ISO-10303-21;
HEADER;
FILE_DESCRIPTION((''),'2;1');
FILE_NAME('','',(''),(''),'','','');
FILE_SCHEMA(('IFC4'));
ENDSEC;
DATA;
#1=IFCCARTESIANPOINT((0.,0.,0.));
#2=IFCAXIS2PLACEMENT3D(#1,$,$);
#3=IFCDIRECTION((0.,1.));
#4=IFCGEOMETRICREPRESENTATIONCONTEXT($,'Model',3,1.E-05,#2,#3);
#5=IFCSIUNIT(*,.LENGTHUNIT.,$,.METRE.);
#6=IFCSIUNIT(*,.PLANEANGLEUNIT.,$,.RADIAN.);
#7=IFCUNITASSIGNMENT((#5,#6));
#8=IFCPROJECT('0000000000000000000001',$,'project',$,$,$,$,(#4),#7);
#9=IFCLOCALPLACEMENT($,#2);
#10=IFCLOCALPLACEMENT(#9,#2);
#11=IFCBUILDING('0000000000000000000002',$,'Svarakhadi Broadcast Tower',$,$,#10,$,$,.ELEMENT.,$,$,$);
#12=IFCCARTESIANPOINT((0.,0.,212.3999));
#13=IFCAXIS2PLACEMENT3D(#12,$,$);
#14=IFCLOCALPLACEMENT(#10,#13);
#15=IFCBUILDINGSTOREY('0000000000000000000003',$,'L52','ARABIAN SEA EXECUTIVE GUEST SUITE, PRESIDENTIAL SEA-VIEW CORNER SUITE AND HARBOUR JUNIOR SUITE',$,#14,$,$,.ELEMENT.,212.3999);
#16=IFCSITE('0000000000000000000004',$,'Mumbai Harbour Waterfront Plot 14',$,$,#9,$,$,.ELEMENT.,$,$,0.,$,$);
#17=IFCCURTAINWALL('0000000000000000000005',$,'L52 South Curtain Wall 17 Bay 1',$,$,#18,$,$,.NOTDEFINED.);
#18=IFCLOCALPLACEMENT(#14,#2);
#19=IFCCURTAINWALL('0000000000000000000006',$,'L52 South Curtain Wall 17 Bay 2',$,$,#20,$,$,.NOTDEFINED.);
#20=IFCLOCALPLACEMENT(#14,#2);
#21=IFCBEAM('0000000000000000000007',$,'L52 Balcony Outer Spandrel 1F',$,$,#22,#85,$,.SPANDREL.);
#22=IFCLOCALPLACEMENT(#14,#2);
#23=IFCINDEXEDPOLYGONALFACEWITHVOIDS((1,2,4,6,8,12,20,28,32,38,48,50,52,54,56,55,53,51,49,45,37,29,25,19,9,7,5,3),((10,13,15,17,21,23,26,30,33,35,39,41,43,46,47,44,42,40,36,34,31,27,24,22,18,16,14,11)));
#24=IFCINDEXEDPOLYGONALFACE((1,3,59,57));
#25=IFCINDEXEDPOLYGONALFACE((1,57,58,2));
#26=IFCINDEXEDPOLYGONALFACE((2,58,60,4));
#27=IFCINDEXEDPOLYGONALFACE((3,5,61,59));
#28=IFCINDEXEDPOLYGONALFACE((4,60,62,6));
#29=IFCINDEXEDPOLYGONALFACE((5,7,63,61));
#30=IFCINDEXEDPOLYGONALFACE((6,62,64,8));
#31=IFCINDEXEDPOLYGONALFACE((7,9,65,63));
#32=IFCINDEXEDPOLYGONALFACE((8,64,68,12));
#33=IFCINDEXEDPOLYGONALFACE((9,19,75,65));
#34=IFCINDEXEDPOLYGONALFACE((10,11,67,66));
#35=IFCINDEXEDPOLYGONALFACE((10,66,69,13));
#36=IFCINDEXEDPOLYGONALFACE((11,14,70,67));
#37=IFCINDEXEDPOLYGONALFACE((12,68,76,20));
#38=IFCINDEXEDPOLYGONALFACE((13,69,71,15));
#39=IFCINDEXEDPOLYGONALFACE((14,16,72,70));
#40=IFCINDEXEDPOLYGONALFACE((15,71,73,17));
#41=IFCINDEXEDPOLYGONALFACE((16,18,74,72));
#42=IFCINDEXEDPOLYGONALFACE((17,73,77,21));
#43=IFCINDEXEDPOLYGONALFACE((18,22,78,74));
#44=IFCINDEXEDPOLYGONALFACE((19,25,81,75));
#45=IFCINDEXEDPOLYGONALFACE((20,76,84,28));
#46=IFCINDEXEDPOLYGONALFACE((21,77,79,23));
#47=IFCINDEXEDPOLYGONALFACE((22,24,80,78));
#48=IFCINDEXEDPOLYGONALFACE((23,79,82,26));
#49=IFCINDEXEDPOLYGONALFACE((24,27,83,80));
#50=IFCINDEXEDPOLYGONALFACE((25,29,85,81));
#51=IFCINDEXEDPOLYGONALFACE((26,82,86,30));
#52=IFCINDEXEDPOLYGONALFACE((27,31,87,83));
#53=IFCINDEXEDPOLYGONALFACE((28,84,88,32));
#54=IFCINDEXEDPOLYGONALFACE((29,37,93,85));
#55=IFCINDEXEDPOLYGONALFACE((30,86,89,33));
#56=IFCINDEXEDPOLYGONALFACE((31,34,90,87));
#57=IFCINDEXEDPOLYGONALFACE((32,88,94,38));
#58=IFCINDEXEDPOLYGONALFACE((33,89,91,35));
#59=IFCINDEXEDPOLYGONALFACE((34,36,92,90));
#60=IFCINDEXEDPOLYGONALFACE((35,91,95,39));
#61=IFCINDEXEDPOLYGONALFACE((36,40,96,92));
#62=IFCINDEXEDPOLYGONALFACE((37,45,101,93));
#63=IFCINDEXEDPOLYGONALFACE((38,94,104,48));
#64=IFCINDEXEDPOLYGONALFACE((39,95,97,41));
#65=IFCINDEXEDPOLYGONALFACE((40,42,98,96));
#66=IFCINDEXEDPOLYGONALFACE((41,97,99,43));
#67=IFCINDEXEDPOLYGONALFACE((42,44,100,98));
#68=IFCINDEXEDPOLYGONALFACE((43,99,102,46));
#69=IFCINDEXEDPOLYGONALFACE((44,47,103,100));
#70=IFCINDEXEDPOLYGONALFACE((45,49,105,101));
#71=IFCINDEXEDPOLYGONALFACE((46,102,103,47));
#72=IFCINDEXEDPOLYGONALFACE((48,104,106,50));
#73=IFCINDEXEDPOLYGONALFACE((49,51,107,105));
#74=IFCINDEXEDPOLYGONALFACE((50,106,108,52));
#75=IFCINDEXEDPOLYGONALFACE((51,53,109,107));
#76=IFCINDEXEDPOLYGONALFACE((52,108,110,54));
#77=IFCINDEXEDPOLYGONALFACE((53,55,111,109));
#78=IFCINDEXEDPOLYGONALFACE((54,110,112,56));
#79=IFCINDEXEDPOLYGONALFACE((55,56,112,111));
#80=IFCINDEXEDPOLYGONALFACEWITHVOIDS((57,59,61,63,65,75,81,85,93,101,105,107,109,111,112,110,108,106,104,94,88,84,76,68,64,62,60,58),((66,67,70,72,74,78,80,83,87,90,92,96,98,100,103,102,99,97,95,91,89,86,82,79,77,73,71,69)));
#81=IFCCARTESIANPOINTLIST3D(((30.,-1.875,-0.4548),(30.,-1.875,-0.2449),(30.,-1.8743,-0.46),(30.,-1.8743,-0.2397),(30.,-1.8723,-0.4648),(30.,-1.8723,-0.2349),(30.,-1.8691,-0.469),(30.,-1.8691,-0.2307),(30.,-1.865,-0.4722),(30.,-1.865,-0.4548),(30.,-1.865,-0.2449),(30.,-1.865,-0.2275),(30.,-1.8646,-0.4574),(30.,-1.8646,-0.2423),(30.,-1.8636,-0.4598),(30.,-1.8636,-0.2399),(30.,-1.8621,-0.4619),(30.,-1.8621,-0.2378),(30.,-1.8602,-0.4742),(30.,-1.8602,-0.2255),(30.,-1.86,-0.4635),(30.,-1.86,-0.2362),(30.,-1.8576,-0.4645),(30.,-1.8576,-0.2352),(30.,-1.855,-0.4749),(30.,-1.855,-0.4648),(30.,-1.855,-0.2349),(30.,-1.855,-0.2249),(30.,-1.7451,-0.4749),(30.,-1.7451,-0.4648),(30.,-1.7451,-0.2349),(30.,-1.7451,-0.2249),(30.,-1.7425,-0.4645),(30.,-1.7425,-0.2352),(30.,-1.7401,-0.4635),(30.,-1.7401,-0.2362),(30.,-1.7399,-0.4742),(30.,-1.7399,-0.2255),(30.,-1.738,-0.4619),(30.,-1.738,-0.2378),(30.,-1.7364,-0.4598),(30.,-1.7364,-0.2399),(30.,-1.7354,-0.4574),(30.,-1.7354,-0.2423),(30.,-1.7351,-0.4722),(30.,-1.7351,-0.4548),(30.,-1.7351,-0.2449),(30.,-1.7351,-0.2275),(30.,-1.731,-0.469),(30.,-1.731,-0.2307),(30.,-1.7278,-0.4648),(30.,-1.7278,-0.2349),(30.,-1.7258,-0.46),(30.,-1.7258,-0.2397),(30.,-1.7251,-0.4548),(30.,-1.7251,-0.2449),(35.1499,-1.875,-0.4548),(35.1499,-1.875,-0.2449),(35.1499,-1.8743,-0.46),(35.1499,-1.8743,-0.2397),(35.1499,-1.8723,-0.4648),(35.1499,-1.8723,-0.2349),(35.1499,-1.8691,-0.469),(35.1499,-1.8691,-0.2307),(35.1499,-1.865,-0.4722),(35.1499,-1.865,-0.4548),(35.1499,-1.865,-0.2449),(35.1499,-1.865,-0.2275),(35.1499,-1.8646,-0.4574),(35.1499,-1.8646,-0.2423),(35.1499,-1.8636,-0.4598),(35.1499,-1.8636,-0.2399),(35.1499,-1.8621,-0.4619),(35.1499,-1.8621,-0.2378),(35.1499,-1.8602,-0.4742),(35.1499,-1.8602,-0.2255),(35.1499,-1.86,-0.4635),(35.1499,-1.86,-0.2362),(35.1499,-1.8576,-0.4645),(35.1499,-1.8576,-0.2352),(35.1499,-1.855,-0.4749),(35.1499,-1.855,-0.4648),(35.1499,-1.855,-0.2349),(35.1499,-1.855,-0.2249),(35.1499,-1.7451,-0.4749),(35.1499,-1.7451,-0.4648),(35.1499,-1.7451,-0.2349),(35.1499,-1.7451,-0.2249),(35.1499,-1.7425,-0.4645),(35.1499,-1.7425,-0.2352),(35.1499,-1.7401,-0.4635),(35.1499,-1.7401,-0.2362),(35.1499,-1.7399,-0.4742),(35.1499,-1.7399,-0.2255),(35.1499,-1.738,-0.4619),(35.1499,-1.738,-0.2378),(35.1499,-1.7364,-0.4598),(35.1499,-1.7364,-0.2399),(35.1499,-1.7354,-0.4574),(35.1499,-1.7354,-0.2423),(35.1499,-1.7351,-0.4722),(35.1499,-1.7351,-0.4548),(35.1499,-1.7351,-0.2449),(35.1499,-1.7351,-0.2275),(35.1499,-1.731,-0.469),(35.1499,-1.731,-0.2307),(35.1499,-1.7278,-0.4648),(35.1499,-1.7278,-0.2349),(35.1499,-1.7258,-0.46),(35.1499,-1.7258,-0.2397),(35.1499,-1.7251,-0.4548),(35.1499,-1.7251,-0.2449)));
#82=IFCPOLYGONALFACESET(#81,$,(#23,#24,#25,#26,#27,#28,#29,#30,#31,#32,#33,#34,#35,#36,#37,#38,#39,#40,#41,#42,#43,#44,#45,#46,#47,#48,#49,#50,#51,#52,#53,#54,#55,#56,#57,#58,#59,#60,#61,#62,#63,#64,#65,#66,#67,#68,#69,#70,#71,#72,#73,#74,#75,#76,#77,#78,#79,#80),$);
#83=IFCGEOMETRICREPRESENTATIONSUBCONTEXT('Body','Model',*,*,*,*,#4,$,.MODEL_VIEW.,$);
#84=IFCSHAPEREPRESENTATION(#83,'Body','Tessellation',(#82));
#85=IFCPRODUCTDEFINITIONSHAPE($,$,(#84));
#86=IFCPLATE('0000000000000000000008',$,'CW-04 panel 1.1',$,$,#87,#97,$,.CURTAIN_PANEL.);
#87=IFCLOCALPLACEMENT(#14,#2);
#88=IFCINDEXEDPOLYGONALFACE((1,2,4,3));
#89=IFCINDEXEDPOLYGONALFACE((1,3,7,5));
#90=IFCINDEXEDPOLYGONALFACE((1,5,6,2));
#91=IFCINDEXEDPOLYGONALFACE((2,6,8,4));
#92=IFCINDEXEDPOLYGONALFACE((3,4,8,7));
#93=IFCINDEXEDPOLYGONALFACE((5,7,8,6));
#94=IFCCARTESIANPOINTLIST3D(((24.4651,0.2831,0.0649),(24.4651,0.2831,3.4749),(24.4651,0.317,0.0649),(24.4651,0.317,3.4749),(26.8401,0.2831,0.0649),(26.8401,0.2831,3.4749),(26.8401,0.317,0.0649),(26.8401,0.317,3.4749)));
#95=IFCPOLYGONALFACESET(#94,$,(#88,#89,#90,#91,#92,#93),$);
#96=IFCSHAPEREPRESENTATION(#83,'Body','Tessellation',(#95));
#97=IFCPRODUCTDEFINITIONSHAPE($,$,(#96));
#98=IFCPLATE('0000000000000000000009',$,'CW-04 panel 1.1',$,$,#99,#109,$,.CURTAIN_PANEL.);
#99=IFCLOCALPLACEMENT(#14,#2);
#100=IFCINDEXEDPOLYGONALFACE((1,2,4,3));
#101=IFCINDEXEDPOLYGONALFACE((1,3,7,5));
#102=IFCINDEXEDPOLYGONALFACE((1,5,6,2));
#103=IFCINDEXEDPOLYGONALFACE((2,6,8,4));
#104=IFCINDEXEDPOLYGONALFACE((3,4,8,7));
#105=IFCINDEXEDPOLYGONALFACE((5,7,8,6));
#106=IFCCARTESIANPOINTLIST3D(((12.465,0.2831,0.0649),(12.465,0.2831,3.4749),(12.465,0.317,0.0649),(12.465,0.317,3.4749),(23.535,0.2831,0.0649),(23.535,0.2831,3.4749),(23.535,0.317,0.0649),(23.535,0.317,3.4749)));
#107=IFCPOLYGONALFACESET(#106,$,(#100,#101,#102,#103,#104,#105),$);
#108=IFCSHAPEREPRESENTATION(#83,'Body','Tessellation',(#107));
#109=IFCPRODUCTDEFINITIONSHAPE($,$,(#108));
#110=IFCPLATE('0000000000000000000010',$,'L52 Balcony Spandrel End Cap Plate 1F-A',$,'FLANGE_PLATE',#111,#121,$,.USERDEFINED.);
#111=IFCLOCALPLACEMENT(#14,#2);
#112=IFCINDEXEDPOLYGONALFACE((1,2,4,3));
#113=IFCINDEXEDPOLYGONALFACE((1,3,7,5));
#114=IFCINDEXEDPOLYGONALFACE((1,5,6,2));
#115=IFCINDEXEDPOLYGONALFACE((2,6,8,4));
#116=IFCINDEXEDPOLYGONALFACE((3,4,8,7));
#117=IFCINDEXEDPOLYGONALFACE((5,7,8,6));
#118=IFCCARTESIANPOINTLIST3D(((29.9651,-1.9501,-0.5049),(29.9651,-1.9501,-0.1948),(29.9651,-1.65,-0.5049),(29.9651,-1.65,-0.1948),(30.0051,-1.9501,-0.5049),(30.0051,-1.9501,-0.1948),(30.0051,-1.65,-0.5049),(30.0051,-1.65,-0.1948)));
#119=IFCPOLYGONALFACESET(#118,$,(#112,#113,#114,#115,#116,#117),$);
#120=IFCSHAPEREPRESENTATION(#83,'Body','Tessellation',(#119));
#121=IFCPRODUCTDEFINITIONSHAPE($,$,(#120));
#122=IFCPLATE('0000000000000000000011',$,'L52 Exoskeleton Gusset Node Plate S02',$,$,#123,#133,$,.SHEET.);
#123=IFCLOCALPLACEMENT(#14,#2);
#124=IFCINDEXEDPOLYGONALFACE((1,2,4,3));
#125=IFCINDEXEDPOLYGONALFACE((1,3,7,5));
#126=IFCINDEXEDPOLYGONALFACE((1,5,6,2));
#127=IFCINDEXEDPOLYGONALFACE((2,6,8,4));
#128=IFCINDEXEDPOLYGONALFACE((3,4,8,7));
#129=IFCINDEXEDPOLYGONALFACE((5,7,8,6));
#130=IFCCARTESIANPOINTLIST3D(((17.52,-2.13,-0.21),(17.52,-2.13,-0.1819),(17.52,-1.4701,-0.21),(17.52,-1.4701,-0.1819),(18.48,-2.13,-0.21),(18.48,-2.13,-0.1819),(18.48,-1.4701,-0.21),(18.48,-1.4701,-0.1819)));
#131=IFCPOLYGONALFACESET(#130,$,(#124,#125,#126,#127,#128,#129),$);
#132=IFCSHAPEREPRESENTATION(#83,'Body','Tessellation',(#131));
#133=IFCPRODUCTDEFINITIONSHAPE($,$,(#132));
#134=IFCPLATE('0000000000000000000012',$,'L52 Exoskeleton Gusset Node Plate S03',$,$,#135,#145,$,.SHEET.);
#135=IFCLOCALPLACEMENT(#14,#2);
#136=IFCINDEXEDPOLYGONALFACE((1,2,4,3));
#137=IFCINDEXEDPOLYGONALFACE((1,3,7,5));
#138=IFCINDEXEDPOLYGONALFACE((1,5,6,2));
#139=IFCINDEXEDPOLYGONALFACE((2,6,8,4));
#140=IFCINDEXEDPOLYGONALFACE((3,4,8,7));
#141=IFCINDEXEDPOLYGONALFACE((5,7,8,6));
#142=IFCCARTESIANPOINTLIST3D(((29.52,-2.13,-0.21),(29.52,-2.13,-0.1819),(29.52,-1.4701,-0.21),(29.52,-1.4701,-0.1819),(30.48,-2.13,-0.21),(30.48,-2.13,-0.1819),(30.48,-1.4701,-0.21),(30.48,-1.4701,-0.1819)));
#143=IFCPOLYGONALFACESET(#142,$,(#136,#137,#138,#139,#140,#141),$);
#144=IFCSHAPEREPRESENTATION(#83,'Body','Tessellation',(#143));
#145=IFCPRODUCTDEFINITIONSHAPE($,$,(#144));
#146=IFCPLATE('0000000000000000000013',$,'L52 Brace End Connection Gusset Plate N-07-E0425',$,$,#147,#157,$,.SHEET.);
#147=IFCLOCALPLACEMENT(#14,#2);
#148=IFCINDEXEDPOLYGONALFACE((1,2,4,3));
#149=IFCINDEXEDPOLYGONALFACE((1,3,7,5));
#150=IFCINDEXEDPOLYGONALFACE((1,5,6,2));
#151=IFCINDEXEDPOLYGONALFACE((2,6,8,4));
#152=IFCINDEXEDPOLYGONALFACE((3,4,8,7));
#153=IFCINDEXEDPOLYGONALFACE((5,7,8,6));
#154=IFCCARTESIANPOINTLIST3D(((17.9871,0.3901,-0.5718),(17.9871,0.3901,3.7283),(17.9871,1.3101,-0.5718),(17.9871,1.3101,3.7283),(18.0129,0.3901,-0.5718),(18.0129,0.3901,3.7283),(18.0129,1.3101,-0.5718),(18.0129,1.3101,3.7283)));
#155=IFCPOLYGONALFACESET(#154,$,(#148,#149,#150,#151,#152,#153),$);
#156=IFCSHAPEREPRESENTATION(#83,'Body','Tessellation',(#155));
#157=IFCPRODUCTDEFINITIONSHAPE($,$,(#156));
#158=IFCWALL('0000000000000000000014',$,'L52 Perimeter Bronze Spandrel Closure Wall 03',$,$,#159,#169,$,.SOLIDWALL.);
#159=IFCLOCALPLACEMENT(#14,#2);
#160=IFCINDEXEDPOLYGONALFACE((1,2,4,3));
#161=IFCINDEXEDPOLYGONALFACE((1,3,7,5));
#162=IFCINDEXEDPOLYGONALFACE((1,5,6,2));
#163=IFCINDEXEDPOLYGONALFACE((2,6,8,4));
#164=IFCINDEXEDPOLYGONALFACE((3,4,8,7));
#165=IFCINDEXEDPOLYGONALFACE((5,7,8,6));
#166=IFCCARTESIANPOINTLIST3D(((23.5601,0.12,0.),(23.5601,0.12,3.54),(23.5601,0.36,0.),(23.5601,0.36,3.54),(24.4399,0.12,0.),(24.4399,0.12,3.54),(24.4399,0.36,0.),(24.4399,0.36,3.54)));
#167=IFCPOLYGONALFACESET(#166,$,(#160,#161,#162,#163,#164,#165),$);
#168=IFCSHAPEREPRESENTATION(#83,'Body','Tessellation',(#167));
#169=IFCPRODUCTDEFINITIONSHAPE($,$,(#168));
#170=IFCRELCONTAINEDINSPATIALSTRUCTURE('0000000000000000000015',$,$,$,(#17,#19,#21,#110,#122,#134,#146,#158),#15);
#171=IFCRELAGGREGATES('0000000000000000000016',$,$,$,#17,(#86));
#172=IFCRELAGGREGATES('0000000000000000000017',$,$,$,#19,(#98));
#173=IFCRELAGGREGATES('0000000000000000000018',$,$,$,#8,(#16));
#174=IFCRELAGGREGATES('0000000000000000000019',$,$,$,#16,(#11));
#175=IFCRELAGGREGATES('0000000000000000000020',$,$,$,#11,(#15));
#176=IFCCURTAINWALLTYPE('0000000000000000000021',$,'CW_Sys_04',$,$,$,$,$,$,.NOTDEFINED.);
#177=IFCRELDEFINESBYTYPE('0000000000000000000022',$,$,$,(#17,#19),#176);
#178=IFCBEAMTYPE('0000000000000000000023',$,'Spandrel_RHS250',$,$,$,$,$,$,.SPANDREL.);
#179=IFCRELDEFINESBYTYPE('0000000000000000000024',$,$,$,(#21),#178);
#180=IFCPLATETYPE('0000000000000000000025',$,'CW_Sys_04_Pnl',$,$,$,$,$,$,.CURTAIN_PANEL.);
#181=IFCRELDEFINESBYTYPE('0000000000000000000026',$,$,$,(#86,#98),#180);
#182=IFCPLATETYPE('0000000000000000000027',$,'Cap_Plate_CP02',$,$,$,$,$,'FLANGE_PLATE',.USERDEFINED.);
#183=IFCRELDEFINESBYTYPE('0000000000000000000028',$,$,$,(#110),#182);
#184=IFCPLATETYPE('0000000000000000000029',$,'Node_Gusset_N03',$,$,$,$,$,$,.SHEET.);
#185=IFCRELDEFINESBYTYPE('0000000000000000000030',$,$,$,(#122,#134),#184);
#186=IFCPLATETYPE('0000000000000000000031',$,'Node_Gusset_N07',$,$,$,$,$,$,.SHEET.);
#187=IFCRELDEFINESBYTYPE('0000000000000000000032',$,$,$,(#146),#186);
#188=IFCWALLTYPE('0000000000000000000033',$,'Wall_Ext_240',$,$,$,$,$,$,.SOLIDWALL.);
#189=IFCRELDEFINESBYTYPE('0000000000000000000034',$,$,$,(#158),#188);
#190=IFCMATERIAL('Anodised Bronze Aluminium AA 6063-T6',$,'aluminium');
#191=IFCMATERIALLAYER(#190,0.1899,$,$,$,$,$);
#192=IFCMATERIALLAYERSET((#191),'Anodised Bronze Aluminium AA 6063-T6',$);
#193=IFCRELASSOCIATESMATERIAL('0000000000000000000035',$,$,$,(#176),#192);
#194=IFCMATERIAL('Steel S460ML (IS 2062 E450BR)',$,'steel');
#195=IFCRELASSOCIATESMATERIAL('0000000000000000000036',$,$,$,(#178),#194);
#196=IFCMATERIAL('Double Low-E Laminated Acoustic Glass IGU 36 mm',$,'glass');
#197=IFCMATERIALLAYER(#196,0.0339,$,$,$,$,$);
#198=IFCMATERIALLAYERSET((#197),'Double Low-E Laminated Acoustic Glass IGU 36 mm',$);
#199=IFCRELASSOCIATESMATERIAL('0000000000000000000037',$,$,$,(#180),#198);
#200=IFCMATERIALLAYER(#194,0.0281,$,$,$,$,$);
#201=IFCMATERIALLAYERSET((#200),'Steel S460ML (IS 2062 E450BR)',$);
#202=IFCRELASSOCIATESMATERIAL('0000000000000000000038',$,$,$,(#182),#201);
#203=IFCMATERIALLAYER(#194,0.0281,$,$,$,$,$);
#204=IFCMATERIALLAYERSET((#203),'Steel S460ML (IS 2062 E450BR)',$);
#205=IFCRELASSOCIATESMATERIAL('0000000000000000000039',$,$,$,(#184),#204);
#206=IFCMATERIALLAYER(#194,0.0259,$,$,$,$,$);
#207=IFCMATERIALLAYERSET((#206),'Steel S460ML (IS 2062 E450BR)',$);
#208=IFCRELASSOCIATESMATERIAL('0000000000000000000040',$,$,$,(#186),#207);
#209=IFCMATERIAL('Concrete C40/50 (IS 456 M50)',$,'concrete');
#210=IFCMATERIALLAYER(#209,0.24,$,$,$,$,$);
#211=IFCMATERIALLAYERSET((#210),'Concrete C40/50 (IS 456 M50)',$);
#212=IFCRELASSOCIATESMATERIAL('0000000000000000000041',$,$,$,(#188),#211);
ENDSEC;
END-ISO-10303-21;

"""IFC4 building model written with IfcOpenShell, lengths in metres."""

from ifc_helpers import new_model, si_unit, direction, frame, frame_2d, origin, origin_2d, place, context, subcontext, project, spatial, rectangle, hollow_rectangle, extrude, material, layer, layer_set, material_profile, profile_set, type_object, element, aggregate, save


model = new_model("IFC4")

# Units and contexts
model_context = context("Model", 3, precision=1e-05, world=origin(), true_north=direction((0.0, 1.0)))
body_context = subcontext(model_context, "Body", "Model", "MODEL_VIEW")
ifc_project = project(units=[si_unit("LENGTHUNIT", "METRE"), si_unit("PLANEANGLEUNIT", "RADIAN")], contexts=[model_context])

# Site, building, storey
site_placement = place(None, origin())
site = spatial("IfcSite", under=ifc_project, at=site_placement, Name="Mumbai Harbour Waterfront Plot 14", CompositionType="ELEMENT", RefElevation=0.0)
building_placement = place(site_placement, origin())
building = spatial("IfcBuilding", under=site, at=building_placement, Name="Svarakhadi Broadcast Tower", CompositionType="ELEMENT")
storey_placement = place(building_placement, frame((0.0, 0.0, 212.3999)))
storey = spatial("IfcBuildingStorey", under=building, at=storey_placement, Name="L52", Description="ARABIAN SEA EXECUTIVE GUEST SUITE, PRESIDENTIAL SEA-VIEW CORNER SUITE AND HARBOUR JUNIOR SUITE", CompositionType="ELEMENT", Elevation=212.3999)

# Shared definitions
ifc_material_1 = material(Name="Steel S460ML (IS 2062 E450BR)", Category="steel")

# Curtain wall
ifc_material_2 = material(Name="Anodised Bronze Aluminium AA 6063-T6", Category="aluminium")
ifc_layer_1 = layer(ifc_material_2, 0.1899)
ifc_layer_set_1 = layer_set([ifc_layer_1], Name="Anodised Bronze Aluminium AA 6063-T6")
curtain_wall_type = type_object("IfcCurtainWallType", Name="CW_Sys_04", PredefinedType="NOTDEFINED", material=ifc_layer_set_1)
curtain_wall_1_placement = place(storey_placement, origin())
curtain_wall_1 = element("IfcCurtainWall", 1, at=curtain_wall_1_placement, inside=storey, type_object=curtain_wall_type, Name="L52 South Curtain Wall 17 Bay 1", PredefinedType="NOTDEFINED")

# Curtain wall
curtain_wall_2_placement = place(storey_placement, origin())
curtain_wall_2 = element("IfcCurtainWall", 2, at=curtain_wall_2_placement, inside=storey, type_object=curtain_wall_type, Name="L52 South Curtain Wall 17 Bay 2", PredefinedType="NOTDEFINED")

# Beam
ifc_material_profile_1 = material_profile(ifc_material_1, hollow_rectangle(XDim=0.1499, YDim=0.25, WallThickness=0.01, InnerFilletRadius=0.01, OuterFilletRadius=0.02, at=origin_2d()), Name="RHS 250x150x10")
ifc_profile_set_1 = profile_set([ifc_material_profile_1], Name="Steel S460ML (IS 2062 E450BR)")
beam_type_1 = type_object("IfcBeamType", Name="Spandrel_RHS250", PredefinedType="SPANDREL", material=ifc_profile_set_1)
beam_1_placement = place(storey_placement, frame((30.0, -1.8, -0.3499), z_axis=(1.0, 0.0, 0.0), x_axis=(0.0, 1.0, 0.0)))
element("IfcBeam", 3, at=beam_1_placement, inside=storey, type_object=beam_type_1, Name="L52 Balcony Outer Spandrel 1F", PredefinedType="SPANDREL", context=body_context, shape_type="SweptSolid", body=[
    extrude(hollow_rectangle(XDim=0.1499, YDim=0.25, WallThickness=0.01, InnerFilletRadius=0.01, OuterFilletRadius=0.02, at=origin_2d()), origin(), (0.0, 0.0, 1.0), 5.1499),
])

# Plates
ifc_material_3 = material(Name="Double Low-E Laminated Acoustic Glass IGU 36 mm", Category="glass")
ifc_layer_2 = layer(ifc_material_3, 0.0339)
ifc_layer_set_2 = layer_set([ifc_layer_2], Name="Double Low-E Laminated Acoustic Glass IGU 36 mm")
plate_type_1 = type_object("IfcPlateType", Name="CW_Sys_04_Pnl", PredefinedType="CURTAIN_PANEL", material=ifc_layer_set_2)
plate_1_placement = place(storey_placement, frame((25.6526, 0.3, 0.0649), z_axis=(0.0, 0.0, 1.0), x_axis=(-1.0, 0.0, 0.0)))
plate_1 = element("IfcPlate", 4, at=plate_1_placement, type_object=plate_type_1, Name="CW-04 panel 1.1", PredefinedType="CURTAIN_PANEL", context=body_context, shape_type="SweptSolid", body=[
    extrude(rectangle(XDim=2.375, YDim=0.0339, at=origin_2d()), origin(), (0.0, 0.0, 1.0), 3.4099),
])
aggregate(curtain_wall_1, [plate_1])
plate_2_placement = place(storey_placement, frame((18.0, 0.3, 0.0649), z_axis=(0.0, 0.0, 1.0), x_axis=(-1.0, 0.0, 0.0)))
plate_2 = element("IfcPlate", 5, at=plate_2_placement, type_object=plate_type_1, Name="CW-04 panel 1.1", PredefinedType="CURTAIN_PANEL", context=body_context, shape_type="SweptSolid", body=[
    extrude(rectangle(XDim=11.0701, YDim=0.0339, at=origin_2d()), origin(), (0.0, 0.0, 1.0), 3.4099),
])
aggregate(curtain_wall_2, [plate_2])

# Plates
ifc_layer_3 = layer(ifc_material_1, 0.0281)
ifc_layer_set_3 = layer_set([ifc_layer_3], Name="Steel S460ML (IS 2062 E450BR)")
plate_type_2 = type_object("IfcPlateType", Name="Cap_Plate_CP02", ElementType="FLANGE_PLATE", PredefinedType="USERDEFINED", material=ifc_layer_set_3)
plate_3_placement = place(storey_placement, frame((29.9851, -1.8, -0.5049), z_axis=(0.0, 0.0, 1.0), x_axis=(1.0, 0.0, 0.0)))
element("IfcPlate", 6, at=plate_3_placement, inside=storey, type_object=plate_type_2, Name="L52 Balcony Spandrel End Cap Plate 1F-A", ObjectType="FLANGE_PLATE", PredefinedType="USERDEFINED", context=body_context, shape_type="SweptSolid", body=[
    extrude(rectangle(XDim=0.04, YDim=0.3, at=origin_2d()), origin(), (0.0, 0.0, 1.0), 0.3101),
])
ifc_layer_4 = layer(ifc_material_1, 0.0281)
ifc_layer_set_4 = layer_set([ifc_layer_4], Name="Steel S460ML (IS 2062 E450BR)")
plate_type_3 = type_object("IfcPlateType", Name="Node_Gusset_N03", PredefinedType="SHEET", material=ifc_layer_set_4)
for number, where, z_axis, x_axis, name in (
    (7, (18.0, -1.8, -0.21), (0.0, 0.0, 1.0), (1.0, 0.0, 0.0), "L52 Exoskeleton Gusset Node Plate S02"),
    (8, (30.0, -1.8, -0.21), (0.0, 0.0, 1.0), (1.0, 0.0, 0.0), "L52 Exoskeleton Gusset Node Plate S03"),
):
    element("IfcPlate", number, at=place(storey_placement, frame(where, z_axis=z_axis, x_axis=x_axis)), inside=storey, type_object=plate_type_3, Name=name, PredefinedType="SHEET", context=body_context, shape_type="SweptSolid", body=[
        extrude(rectangle(XDim=0.96, YDim=0.6599, at=origin_2d()), origin(), (0.0, 0.0, 1.0), 0.0281),
    ])
ifc_layer_5 = layer(ifc_material_1, 0.0259)
ifc_layer_set_5 = layer_set([ifc_layer_5], Name="Steel S460ML (IS 2062 E450BR)")
plate_type_4 = type_object("IfcPlateType", Name="Node_Gusset_N07", PredefinedType="SHEET", material=ifc_layer_set_5)
plate_4_placement = place(storey_placement, frame((18.0, 0.8501, -0.5718), z_axis=(0.0, 0.0, 1.0), x_axis=(0.0, 1.0, 0.0)))
element("IfcPlate", 9, at=plate_4_placement, inside=storey, type_object=plate_type_4, Name="L52 Brace End Connection Gusset Plate N-07-E0425", PredefinedType="SHEET", context=body_context, shape_type="SweptSolid", body=[
    extrude(rectangle(XDim=0.9199, YDim=0.0259, at=origin_2d()), origin(), (0.0, 0.0, 1.0), 4.3),
])

# Wall
ifc_material_4 = material(Name="Concrete C40/50 (IS 456 M50)", Category="concrete")
ifc_layer_6 = layer(ifc_material_4, 0.24)
ifc_layer_set_6 = layer_set([ifc_layer_6], Name="Concrete C40/50 (IS 456 M50)")
wall_type = type_object("IfcWallType", Name="Wall_Ext_240", PredefinedType="SOLIDWALL", material=ifc_layer_set_6)
wall_placement = place(storey_placement, frame((24.4399, 0.24, 0.0), z_axis=(0.0, 0.0, 1.0), x_axis=(-1.0, 0.0, 0.0)))
element("IfcWall", 10, at=wall_placement, inside=storey, type_object=wall_type, Name="L52 Perimeter Bronze Spandrel Closure Wall 03", PredefinedType="SOLIDWALL", context=body_context, shape_type="SweptSolid", body=[
    extrude(rectangle(XDim=0.8799, YDim=0.24, at=frame_2d((0.4399, 0.0))), origin(), (0.0, 0.0, 1.0), 3.54),
])

save(model, "model.ifc")
